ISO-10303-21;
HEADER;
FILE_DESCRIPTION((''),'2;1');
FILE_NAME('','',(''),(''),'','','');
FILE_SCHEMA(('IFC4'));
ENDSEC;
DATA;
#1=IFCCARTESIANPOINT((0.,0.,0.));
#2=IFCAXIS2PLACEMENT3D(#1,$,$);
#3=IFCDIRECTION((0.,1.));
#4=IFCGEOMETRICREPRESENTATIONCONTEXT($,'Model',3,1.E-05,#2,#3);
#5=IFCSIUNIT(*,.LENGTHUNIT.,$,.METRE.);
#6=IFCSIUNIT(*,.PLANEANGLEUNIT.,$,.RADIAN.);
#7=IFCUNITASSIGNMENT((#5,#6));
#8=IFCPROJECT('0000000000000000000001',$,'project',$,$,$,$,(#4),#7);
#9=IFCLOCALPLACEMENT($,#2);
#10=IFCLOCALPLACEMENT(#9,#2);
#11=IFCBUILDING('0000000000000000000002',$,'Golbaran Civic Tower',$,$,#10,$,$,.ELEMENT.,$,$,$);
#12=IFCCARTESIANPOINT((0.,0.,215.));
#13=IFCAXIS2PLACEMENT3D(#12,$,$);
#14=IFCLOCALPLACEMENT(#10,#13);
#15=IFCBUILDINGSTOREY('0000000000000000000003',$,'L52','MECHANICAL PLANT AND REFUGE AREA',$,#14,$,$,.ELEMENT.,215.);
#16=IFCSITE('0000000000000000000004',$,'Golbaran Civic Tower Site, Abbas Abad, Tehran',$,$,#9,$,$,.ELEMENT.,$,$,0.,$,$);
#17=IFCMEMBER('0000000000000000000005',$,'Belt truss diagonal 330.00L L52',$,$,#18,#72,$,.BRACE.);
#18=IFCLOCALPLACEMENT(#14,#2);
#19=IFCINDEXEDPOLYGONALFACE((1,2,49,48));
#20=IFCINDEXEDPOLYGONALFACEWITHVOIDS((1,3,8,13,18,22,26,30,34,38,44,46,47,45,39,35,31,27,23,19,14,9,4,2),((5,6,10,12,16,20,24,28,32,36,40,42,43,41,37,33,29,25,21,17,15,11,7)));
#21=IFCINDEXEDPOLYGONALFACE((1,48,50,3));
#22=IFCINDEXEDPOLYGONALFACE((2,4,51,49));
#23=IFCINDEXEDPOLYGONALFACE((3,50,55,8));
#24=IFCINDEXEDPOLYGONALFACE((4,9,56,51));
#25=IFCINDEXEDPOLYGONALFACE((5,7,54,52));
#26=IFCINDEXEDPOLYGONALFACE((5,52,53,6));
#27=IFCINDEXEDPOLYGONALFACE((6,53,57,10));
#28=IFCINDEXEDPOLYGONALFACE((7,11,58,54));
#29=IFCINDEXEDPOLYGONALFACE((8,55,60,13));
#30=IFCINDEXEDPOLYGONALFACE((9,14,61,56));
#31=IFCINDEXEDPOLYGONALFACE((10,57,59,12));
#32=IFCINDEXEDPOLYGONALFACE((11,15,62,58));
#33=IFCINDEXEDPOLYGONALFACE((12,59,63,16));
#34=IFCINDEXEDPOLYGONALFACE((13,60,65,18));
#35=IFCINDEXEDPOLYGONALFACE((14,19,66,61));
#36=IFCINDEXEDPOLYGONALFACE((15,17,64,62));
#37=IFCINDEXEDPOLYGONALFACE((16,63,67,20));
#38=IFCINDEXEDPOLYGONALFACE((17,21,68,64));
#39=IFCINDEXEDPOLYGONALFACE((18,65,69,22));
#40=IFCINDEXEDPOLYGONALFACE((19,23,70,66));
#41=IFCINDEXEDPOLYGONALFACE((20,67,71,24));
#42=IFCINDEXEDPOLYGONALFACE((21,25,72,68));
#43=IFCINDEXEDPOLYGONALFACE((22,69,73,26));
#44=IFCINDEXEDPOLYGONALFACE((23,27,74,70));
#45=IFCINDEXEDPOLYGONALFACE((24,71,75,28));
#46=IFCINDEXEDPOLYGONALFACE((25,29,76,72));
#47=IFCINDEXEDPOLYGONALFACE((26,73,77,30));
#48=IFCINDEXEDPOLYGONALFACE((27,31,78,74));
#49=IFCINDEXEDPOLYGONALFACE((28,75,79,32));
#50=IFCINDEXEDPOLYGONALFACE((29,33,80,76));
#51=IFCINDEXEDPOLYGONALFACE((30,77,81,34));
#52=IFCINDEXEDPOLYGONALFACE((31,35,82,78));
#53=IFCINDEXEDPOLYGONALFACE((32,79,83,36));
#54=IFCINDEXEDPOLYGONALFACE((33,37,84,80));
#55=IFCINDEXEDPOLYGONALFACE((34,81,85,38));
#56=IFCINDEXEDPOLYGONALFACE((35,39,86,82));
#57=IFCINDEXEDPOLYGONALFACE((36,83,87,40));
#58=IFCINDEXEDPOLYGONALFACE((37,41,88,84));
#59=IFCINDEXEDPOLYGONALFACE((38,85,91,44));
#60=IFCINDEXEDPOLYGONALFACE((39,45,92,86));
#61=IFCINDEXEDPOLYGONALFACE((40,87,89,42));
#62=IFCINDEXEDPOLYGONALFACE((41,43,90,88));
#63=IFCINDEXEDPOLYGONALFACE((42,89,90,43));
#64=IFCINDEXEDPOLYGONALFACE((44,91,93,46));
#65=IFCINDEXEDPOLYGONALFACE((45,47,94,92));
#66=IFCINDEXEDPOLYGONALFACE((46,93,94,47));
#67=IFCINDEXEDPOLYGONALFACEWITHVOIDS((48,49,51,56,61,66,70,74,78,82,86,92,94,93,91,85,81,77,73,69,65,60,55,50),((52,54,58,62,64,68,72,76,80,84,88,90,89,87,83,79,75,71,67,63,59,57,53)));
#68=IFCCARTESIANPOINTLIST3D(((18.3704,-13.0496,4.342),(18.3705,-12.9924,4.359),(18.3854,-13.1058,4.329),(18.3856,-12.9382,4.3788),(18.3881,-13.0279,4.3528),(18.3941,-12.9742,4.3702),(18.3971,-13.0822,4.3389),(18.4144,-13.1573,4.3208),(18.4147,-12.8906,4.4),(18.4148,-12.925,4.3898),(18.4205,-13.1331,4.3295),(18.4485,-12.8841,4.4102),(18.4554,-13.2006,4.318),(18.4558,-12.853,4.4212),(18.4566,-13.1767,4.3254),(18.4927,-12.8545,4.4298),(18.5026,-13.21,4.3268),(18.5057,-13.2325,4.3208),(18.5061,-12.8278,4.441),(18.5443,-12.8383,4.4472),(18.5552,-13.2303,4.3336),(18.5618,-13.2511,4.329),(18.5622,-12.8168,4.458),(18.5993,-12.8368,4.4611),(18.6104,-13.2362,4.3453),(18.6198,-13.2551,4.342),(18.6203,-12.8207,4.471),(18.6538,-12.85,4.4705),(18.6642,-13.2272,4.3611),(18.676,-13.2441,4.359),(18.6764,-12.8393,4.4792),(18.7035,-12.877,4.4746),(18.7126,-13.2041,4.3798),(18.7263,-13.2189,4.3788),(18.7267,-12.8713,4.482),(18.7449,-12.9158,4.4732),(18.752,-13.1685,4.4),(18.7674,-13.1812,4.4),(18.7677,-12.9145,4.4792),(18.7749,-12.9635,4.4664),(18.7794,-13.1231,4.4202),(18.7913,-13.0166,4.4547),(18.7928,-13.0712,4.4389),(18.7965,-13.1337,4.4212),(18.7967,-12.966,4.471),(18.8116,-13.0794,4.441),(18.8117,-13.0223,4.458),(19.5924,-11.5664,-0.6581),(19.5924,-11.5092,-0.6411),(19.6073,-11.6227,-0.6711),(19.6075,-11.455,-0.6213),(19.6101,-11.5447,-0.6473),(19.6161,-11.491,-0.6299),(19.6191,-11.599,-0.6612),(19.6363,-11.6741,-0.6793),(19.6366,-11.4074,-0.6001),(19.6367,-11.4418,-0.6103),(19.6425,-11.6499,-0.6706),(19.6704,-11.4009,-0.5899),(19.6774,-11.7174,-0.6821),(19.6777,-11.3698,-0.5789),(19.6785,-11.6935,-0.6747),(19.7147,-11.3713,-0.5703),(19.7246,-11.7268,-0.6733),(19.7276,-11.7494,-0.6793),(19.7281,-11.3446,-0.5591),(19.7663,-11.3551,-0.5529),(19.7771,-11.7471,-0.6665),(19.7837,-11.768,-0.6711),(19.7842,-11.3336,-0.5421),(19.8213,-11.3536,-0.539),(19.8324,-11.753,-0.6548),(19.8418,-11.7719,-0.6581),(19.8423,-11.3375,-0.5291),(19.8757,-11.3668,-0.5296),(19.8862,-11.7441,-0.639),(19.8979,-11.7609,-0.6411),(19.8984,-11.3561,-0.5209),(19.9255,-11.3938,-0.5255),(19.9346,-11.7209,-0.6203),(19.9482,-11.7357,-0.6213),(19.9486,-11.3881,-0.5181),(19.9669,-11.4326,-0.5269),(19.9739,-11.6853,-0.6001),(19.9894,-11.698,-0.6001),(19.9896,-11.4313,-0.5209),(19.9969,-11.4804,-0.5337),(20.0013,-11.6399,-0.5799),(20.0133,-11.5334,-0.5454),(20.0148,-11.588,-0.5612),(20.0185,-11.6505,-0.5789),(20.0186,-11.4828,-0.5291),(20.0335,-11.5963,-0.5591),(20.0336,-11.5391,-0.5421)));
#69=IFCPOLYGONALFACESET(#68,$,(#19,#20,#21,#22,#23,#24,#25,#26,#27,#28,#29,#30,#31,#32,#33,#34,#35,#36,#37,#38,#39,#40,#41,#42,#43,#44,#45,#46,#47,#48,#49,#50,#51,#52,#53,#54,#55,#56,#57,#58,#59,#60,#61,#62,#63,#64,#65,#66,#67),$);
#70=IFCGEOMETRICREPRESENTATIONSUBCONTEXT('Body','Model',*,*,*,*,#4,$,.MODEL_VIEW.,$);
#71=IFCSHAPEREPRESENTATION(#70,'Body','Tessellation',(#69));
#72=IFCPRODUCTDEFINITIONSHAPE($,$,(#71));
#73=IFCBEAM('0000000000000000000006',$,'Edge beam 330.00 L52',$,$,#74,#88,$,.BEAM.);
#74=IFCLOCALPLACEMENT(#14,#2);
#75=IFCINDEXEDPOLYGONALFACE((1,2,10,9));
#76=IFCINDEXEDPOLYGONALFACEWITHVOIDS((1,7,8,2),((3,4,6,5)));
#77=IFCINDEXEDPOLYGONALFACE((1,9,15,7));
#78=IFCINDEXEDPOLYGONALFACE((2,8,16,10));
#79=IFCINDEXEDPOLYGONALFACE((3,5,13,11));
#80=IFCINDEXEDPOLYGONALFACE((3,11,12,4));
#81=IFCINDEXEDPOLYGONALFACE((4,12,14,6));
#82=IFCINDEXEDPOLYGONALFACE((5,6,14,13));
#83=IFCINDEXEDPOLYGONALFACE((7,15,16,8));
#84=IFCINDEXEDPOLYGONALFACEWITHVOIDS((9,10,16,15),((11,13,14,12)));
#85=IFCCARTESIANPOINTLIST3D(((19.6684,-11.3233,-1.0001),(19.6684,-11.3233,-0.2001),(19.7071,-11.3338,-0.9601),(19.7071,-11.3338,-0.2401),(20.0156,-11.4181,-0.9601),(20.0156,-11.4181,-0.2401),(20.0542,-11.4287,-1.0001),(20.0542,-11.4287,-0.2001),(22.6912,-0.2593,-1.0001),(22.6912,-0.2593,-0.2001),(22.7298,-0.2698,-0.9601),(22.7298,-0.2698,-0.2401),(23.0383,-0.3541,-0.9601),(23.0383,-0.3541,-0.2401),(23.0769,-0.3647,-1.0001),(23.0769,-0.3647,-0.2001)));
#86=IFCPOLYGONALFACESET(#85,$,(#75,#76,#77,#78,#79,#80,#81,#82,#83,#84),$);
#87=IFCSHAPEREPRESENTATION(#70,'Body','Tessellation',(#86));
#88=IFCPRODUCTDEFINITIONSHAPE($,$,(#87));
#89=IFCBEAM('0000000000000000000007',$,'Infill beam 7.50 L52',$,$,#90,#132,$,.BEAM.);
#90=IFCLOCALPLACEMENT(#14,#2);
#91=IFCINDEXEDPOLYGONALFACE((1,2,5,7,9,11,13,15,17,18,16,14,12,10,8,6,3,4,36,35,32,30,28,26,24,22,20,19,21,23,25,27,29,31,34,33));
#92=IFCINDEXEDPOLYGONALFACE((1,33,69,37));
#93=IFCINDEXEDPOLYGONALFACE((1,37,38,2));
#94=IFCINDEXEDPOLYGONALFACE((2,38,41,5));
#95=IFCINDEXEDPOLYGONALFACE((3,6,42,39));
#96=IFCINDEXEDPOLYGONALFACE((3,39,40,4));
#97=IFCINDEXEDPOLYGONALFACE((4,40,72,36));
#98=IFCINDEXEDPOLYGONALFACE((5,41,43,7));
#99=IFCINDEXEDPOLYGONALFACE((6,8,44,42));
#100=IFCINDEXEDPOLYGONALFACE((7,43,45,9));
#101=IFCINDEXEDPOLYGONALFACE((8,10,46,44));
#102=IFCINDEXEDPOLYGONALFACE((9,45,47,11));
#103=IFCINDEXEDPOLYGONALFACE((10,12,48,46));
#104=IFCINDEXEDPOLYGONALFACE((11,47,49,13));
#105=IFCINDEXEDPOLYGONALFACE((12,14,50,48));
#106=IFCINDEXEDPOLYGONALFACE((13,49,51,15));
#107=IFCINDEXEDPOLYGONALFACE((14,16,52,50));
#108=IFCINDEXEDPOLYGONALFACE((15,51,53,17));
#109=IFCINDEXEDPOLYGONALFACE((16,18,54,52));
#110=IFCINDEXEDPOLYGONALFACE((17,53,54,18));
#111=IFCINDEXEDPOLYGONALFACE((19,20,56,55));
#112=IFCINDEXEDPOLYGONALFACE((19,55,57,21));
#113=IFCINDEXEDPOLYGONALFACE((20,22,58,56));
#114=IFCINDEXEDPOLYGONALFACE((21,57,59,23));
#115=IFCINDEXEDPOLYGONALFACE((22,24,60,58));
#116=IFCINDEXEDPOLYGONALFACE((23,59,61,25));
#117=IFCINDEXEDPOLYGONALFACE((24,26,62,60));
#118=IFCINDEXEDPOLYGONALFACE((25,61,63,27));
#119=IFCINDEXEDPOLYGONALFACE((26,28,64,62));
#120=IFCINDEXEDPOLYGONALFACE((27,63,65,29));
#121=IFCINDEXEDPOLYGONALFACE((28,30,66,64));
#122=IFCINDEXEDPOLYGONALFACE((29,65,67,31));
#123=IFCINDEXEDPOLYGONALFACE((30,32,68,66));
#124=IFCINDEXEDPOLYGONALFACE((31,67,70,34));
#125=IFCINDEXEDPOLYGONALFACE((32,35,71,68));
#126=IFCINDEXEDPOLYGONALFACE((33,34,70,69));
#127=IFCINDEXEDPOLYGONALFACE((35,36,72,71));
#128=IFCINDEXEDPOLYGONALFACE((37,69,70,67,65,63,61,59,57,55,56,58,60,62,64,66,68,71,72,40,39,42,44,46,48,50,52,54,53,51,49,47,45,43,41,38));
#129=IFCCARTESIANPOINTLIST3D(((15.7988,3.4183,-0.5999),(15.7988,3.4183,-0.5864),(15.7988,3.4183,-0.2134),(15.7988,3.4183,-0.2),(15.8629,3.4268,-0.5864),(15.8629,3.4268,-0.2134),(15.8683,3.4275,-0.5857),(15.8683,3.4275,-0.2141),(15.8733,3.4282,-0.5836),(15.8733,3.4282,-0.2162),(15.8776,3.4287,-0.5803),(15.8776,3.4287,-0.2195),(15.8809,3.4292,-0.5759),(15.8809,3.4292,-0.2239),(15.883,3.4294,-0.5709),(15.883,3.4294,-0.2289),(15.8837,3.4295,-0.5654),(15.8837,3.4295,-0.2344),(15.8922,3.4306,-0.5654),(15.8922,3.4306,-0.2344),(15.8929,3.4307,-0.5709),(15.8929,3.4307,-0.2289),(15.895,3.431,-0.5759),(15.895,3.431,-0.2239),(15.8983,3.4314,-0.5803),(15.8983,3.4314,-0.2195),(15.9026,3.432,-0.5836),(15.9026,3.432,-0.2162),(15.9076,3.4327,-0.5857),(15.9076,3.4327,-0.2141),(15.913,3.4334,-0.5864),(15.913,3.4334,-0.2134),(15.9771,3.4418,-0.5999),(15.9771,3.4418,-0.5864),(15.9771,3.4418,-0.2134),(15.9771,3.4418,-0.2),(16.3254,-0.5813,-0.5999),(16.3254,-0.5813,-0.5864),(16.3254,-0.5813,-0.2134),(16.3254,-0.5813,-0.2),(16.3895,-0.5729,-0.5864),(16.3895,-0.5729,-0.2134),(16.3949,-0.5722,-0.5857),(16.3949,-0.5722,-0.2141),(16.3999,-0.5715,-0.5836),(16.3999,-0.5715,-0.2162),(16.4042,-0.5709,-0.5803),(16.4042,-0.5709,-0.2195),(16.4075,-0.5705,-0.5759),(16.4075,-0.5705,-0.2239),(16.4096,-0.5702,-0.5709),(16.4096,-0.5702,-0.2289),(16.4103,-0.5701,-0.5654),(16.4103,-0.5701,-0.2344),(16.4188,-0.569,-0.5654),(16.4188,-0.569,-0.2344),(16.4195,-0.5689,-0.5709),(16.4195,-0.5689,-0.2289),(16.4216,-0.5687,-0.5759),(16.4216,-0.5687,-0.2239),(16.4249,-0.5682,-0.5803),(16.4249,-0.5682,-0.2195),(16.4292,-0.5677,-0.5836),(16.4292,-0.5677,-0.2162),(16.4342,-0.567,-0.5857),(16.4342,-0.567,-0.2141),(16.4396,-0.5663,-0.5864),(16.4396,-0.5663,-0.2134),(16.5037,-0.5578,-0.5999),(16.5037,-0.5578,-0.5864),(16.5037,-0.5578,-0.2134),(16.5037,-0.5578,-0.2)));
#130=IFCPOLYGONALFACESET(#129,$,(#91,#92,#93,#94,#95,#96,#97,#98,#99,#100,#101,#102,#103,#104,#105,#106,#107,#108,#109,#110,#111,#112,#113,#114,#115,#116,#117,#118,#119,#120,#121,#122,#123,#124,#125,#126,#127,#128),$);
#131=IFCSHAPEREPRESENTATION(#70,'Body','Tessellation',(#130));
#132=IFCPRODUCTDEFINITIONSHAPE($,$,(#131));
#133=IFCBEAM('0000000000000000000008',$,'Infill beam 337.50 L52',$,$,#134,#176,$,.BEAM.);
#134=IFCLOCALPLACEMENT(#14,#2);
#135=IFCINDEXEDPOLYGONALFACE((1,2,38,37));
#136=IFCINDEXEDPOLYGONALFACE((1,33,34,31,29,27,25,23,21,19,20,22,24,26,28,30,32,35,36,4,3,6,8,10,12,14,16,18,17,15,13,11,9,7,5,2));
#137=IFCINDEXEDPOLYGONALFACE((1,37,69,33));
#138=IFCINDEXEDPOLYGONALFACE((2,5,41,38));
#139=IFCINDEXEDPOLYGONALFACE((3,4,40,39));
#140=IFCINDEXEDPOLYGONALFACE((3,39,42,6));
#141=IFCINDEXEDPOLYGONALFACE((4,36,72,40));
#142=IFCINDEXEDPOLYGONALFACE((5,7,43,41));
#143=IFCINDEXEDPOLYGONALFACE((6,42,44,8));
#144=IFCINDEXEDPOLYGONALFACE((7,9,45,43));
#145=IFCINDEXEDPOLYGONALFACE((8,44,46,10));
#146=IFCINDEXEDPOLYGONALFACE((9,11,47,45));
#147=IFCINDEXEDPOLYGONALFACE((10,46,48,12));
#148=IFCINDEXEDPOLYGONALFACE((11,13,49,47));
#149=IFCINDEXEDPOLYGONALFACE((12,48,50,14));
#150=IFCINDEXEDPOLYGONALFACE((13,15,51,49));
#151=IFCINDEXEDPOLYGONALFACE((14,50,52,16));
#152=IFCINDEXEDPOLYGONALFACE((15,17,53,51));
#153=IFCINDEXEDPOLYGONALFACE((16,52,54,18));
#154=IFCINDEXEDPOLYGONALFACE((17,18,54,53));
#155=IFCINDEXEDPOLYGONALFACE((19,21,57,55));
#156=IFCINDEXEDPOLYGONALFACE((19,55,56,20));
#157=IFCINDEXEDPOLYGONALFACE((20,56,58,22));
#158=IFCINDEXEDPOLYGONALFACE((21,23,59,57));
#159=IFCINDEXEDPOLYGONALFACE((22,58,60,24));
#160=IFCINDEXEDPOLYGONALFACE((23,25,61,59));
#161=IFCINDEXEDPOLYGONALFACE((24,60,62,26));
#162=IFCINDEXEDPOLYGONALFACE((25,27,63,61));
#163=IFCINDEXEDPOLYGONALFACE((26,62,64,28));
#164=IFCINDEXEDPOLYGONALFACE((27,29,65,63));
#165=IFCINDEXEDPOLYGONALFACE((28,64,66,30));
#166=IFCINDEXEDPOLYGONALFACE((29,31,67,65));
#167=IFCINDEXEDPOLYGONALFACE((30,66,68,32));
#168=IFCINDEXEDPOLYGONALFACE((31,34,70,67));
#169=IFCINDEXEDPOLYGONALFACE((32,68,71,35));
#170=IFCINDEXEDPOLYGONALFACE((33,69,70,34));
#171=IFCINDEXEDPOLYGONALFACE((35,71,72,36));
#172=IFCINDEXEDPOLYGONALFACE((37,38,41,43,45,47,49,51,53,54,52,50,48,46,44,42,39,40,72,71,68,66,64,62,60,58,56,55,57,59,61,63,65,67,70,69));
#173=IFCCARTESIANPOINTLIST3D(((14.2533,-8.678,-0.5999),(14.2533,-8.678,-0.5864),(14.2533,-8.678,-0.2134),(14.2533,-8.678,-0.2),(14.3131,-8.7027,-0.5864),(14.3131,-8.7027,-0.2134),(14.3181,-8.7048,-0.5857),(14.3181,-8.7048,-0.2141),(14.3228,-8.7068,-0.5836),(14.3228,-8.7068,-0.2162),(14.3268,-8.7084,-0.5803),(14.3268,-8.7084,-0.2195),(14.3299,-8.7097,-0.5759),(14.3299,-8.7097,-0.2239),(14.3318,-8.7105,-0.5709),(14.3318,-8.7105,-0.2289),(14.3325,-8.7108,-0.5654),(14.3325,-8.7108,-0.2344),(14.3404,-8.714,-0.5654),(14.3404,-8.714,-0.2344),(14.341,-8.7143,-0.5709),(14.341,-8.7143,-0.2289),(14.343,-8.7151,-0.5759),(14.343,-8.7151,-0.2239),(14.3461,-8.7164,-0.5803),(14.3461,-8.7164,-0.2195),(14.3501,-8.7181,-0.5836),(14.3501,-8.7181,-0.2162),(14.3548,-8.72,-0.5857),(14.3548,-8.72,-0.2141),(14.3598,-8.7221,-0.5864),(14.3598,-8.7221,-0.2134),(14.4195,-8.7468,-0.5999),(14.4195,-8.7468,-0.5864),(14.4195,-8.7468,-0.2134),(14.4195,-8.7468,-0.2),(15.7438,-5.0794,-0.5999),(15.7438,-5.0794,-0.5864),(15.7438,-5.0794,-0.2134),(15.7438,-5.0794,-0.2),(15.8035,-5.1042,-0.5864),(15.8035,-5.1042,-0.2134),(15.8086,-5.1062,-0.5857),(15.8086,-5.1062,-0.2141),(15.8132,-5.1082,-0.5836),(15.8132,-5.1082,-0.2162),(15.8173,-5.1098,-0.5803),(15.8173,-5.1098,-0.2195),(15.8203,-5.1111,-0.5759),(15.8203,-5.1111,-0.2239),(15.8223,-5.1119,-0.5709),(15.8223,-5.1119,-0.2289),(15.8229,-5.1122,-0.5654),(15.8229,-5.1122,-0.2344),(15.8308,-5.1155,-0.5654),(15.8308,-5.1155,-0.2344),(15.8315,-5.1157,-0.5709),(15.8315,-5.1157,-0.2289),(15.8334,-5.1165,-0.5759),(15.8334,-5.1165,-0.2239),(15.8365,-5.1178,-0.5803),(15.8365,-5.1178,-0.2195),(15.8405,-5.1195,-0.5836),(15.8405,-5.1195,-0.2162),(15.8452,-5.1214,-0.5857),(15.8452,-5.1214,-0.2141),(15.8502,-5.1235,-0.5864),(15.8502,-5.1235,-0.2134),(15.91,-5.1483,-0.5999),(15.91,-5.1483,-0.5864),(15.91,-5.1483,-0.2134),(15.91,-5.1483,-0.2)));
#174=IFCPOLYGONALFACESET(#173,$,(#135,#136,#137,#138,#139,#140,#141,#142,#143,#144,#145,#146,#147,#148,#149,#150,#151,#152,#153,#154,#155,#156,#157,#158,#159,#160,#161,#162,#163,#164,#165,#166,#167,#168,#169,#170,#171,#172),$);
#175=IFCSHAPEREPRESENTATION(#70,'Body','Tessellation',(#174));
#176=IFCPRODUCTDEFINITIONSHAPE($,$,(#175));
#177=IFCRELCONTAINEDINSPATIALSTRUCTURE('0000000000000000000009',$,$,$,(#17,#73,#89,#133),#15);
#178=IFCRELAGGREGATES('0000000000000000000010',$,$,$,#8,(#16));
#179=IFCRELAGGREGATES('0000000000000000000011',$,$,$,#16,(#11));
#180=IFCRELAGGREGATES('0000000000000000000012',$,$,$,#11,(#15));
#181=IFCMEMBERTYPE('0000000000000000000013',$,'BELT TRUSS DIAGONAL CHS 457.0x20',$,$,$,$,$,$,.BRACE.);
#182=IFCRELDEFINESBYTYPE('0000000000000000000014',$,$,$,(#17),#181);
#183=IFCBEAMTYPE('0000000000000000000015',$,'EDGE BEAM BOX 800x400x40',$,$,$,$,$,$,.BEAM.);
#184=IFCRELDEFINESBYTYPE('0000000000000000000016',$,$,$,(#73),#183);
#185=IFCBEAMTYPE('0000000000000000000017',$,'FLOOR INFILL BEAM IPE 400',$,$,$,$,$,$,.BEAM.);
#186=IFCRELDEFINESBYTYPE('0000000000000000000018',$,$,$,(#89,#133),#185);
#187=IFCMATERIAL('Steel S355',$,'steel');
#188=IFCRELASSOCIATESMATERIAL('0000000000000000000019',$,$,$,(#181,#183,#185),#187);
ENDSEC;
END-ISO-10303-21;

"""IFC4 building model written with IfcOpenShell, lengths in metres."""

from ifc_helpers import new_model, si_unit, direction, frame, origin, origin_2d, place, context, subcontext, project, spatial, hollow_rectangle, hollow_circle, i_section, extrude, material, material_profile, profile_set, type_object, element, save


model = new_model("IFC4")

# Units and contexts
model_context = context("Model", 3, precision=1e-05, world=origin(), true_north=direction((0.0, 1.0)))
body_context = subcontext(model_context, "Body", "Model", "MODEL_VIEW")
ifc_project = project(units=[si_unit("LENGTHUNIT", "METRE"), si_unit("PLANEANGLEUNIT", "RADIAN")], contexts=[model_context])

# Site, building, storey
site_placement = place(None, origin())
site = spatial("IfcSite", under=ifc_project, at=site_placement, Name="Golbaran Civic Tower Site, Abbas Abad, Tehran", CompositionType="ELEMENT", RefElevation=0.0)
building_placement = place(site_placement, origin())
building = spatial("IfcBuilding", under=site, at=building_placement, Name="Golbaran Civic Tower", CompositionType="ELEMENT")
storey_placement = place(building_placement, frame((0.0, 0.0, 215.0)))
storey = spatial("IfcBuildingStorey", under=building, at=storey_placement, Name="L52", Description="MECHANICAL PLANT AND REFUGE AREA", CompositionType="ELEMENT", Elevation=215.0)

# Member
ifc_material_1 = material(Name="Steel S355", Category="steel")
ifc_material_profile_1 = material_profile(ifc_material_1, hollow_circle(Radius=0.2285, WallThickness=0.02, at=origin_2d()), Name="CHS 457.0x20")
ifc_profile_set_1 = profile_set([ifc_material_profile_1], Name="Steel S355")
member_type_1 = type_object("IfcMemberType", Name="BELT TRUSS DIAGONAL CHS 457.0x20", PredefinedType="BRACE", material=ifc_profile_set_1)
member_1_placement = place(storey_placement, frame((19.813, -11.5527, -0.6001), z_axis=(-0.228117, -0.276885, 0.933433), x_axis=(0.771802, -0.635863, 0.0)))
element("IfcMember", 1, at=member_1_placement, inside=storey, type_object=member_type_1, Name="Belt truss diagonal 330.00L L52", PredefinedType="BRACE", context=body_context, shape_type="SweptSolid", body=[
    extrude(hollow_circle(Radius=0.2285, WallThickness=0.02, at=origin_2d()), origin(), (0.0, 0.0, 1.0), 5.3567),
])

# Beams
ifc_material_profile_2 = material_profile(ifc_material_1, hollow_rectangle(XDim=0.3999, YDim=0.8, WallThickness=0.04, at=origin_2d()), Name="BOX 800x400x40")
ifc_profile_set_2 = profile_set([ifc_material_profile_2], Name="Steel S355")
beam_type_1 = type_object("IfcBeamType", Name="EDGE BEAM BOX 800x400x40", PredefinedType="BEAM", material=ifc_profile_set_2)
beam_1_placement = place(storey_placement, frame((19.8613, -11.376, -0.6001), z_axis=(0.263544, 0.964647, 0.0), x_axis=(-0.964647, 0.263544, 0.0)))
element("IfcBeam", 2, at=beam_1_placement, inside=storey, type_object=beam_type_1, Name="Edge beam 330.00 L52", PredefinedType="BEAM", context=body_context, shape_type="SweptSolid", body=[
    extrude(hollow_rectangle(XDim=0.3999, YDim=0.8, WallThickness=0.04, at=origin_2d()), origin(), (0.0, 0.0, 1.0), 11.4695),
])
ifc_material_profile_3 = material_profile(ifc_material_1, i_section(OverallWidth=0.1799, OverallDepth=0.3999, WebThickness=0.0085, FlangeThickness=0.0134, FilletRadius=0.021, at=origin_2d()), Name="IPE 400")
ifc_profile_set_3 = profile_set([ifc_material_profile_3], Name="Steel S355")
beam_type_2 = type_object("IfcBeamType", Name="FLOOR INFILL BEAM IPE 400", PredefinedType="BEAM", material=ifc_profile_set_3)
beam_2_placement = place(storey_placement, frame((16.4146, -0.5696, -0.3999), z_axis=(-0.130534, 0.991444, 0.0), x_axis=(-0.991444, -0.130534, 0.0)))
element("IfcBeam", 3, at=beam_2_placement, inside=storey, type_object=beam_type_2, Name="Infill beam 7.50 L52", PredefinedType="BEAM", context=body_context, shape_type="SweptSolid", body=[
    extrude(i_section(OverallWidth=0.1799, OverallDepth=0.3999, WebThickness=0.0085, FlangeThickness=0.0134, FilletRadius=0.021, at=origin_2d()), origin(), (0.0, 0.0, 1.0), 4.0342),
])
beam_3_placement = place(storey_placement, frame((14.3364, -8.7124, -0.3999), z_axis=(0.382656, 0.923891, 0.0), x_axis=(-0.923891, 0.382656, 0.0)))
element("IfcBeam", 4, at=beam_3_placement, inside=storey, type_object=beam_type_2, Name="Infill beam 337.50 L52", PredefinedType="BEAM", context=body_context, shape_type="SweptSolid", body=[
    extrude(i_section(OverallWidth=0.1799, OverallDepth=0.3999, WebThickness=0.0085, FlangeThickness=0.0134, FilletRadius=0.021, at=origin_2d()), origin(), (0.0, 0.0, 1.0), 3.895),
])

save(model, "model.ifc")
